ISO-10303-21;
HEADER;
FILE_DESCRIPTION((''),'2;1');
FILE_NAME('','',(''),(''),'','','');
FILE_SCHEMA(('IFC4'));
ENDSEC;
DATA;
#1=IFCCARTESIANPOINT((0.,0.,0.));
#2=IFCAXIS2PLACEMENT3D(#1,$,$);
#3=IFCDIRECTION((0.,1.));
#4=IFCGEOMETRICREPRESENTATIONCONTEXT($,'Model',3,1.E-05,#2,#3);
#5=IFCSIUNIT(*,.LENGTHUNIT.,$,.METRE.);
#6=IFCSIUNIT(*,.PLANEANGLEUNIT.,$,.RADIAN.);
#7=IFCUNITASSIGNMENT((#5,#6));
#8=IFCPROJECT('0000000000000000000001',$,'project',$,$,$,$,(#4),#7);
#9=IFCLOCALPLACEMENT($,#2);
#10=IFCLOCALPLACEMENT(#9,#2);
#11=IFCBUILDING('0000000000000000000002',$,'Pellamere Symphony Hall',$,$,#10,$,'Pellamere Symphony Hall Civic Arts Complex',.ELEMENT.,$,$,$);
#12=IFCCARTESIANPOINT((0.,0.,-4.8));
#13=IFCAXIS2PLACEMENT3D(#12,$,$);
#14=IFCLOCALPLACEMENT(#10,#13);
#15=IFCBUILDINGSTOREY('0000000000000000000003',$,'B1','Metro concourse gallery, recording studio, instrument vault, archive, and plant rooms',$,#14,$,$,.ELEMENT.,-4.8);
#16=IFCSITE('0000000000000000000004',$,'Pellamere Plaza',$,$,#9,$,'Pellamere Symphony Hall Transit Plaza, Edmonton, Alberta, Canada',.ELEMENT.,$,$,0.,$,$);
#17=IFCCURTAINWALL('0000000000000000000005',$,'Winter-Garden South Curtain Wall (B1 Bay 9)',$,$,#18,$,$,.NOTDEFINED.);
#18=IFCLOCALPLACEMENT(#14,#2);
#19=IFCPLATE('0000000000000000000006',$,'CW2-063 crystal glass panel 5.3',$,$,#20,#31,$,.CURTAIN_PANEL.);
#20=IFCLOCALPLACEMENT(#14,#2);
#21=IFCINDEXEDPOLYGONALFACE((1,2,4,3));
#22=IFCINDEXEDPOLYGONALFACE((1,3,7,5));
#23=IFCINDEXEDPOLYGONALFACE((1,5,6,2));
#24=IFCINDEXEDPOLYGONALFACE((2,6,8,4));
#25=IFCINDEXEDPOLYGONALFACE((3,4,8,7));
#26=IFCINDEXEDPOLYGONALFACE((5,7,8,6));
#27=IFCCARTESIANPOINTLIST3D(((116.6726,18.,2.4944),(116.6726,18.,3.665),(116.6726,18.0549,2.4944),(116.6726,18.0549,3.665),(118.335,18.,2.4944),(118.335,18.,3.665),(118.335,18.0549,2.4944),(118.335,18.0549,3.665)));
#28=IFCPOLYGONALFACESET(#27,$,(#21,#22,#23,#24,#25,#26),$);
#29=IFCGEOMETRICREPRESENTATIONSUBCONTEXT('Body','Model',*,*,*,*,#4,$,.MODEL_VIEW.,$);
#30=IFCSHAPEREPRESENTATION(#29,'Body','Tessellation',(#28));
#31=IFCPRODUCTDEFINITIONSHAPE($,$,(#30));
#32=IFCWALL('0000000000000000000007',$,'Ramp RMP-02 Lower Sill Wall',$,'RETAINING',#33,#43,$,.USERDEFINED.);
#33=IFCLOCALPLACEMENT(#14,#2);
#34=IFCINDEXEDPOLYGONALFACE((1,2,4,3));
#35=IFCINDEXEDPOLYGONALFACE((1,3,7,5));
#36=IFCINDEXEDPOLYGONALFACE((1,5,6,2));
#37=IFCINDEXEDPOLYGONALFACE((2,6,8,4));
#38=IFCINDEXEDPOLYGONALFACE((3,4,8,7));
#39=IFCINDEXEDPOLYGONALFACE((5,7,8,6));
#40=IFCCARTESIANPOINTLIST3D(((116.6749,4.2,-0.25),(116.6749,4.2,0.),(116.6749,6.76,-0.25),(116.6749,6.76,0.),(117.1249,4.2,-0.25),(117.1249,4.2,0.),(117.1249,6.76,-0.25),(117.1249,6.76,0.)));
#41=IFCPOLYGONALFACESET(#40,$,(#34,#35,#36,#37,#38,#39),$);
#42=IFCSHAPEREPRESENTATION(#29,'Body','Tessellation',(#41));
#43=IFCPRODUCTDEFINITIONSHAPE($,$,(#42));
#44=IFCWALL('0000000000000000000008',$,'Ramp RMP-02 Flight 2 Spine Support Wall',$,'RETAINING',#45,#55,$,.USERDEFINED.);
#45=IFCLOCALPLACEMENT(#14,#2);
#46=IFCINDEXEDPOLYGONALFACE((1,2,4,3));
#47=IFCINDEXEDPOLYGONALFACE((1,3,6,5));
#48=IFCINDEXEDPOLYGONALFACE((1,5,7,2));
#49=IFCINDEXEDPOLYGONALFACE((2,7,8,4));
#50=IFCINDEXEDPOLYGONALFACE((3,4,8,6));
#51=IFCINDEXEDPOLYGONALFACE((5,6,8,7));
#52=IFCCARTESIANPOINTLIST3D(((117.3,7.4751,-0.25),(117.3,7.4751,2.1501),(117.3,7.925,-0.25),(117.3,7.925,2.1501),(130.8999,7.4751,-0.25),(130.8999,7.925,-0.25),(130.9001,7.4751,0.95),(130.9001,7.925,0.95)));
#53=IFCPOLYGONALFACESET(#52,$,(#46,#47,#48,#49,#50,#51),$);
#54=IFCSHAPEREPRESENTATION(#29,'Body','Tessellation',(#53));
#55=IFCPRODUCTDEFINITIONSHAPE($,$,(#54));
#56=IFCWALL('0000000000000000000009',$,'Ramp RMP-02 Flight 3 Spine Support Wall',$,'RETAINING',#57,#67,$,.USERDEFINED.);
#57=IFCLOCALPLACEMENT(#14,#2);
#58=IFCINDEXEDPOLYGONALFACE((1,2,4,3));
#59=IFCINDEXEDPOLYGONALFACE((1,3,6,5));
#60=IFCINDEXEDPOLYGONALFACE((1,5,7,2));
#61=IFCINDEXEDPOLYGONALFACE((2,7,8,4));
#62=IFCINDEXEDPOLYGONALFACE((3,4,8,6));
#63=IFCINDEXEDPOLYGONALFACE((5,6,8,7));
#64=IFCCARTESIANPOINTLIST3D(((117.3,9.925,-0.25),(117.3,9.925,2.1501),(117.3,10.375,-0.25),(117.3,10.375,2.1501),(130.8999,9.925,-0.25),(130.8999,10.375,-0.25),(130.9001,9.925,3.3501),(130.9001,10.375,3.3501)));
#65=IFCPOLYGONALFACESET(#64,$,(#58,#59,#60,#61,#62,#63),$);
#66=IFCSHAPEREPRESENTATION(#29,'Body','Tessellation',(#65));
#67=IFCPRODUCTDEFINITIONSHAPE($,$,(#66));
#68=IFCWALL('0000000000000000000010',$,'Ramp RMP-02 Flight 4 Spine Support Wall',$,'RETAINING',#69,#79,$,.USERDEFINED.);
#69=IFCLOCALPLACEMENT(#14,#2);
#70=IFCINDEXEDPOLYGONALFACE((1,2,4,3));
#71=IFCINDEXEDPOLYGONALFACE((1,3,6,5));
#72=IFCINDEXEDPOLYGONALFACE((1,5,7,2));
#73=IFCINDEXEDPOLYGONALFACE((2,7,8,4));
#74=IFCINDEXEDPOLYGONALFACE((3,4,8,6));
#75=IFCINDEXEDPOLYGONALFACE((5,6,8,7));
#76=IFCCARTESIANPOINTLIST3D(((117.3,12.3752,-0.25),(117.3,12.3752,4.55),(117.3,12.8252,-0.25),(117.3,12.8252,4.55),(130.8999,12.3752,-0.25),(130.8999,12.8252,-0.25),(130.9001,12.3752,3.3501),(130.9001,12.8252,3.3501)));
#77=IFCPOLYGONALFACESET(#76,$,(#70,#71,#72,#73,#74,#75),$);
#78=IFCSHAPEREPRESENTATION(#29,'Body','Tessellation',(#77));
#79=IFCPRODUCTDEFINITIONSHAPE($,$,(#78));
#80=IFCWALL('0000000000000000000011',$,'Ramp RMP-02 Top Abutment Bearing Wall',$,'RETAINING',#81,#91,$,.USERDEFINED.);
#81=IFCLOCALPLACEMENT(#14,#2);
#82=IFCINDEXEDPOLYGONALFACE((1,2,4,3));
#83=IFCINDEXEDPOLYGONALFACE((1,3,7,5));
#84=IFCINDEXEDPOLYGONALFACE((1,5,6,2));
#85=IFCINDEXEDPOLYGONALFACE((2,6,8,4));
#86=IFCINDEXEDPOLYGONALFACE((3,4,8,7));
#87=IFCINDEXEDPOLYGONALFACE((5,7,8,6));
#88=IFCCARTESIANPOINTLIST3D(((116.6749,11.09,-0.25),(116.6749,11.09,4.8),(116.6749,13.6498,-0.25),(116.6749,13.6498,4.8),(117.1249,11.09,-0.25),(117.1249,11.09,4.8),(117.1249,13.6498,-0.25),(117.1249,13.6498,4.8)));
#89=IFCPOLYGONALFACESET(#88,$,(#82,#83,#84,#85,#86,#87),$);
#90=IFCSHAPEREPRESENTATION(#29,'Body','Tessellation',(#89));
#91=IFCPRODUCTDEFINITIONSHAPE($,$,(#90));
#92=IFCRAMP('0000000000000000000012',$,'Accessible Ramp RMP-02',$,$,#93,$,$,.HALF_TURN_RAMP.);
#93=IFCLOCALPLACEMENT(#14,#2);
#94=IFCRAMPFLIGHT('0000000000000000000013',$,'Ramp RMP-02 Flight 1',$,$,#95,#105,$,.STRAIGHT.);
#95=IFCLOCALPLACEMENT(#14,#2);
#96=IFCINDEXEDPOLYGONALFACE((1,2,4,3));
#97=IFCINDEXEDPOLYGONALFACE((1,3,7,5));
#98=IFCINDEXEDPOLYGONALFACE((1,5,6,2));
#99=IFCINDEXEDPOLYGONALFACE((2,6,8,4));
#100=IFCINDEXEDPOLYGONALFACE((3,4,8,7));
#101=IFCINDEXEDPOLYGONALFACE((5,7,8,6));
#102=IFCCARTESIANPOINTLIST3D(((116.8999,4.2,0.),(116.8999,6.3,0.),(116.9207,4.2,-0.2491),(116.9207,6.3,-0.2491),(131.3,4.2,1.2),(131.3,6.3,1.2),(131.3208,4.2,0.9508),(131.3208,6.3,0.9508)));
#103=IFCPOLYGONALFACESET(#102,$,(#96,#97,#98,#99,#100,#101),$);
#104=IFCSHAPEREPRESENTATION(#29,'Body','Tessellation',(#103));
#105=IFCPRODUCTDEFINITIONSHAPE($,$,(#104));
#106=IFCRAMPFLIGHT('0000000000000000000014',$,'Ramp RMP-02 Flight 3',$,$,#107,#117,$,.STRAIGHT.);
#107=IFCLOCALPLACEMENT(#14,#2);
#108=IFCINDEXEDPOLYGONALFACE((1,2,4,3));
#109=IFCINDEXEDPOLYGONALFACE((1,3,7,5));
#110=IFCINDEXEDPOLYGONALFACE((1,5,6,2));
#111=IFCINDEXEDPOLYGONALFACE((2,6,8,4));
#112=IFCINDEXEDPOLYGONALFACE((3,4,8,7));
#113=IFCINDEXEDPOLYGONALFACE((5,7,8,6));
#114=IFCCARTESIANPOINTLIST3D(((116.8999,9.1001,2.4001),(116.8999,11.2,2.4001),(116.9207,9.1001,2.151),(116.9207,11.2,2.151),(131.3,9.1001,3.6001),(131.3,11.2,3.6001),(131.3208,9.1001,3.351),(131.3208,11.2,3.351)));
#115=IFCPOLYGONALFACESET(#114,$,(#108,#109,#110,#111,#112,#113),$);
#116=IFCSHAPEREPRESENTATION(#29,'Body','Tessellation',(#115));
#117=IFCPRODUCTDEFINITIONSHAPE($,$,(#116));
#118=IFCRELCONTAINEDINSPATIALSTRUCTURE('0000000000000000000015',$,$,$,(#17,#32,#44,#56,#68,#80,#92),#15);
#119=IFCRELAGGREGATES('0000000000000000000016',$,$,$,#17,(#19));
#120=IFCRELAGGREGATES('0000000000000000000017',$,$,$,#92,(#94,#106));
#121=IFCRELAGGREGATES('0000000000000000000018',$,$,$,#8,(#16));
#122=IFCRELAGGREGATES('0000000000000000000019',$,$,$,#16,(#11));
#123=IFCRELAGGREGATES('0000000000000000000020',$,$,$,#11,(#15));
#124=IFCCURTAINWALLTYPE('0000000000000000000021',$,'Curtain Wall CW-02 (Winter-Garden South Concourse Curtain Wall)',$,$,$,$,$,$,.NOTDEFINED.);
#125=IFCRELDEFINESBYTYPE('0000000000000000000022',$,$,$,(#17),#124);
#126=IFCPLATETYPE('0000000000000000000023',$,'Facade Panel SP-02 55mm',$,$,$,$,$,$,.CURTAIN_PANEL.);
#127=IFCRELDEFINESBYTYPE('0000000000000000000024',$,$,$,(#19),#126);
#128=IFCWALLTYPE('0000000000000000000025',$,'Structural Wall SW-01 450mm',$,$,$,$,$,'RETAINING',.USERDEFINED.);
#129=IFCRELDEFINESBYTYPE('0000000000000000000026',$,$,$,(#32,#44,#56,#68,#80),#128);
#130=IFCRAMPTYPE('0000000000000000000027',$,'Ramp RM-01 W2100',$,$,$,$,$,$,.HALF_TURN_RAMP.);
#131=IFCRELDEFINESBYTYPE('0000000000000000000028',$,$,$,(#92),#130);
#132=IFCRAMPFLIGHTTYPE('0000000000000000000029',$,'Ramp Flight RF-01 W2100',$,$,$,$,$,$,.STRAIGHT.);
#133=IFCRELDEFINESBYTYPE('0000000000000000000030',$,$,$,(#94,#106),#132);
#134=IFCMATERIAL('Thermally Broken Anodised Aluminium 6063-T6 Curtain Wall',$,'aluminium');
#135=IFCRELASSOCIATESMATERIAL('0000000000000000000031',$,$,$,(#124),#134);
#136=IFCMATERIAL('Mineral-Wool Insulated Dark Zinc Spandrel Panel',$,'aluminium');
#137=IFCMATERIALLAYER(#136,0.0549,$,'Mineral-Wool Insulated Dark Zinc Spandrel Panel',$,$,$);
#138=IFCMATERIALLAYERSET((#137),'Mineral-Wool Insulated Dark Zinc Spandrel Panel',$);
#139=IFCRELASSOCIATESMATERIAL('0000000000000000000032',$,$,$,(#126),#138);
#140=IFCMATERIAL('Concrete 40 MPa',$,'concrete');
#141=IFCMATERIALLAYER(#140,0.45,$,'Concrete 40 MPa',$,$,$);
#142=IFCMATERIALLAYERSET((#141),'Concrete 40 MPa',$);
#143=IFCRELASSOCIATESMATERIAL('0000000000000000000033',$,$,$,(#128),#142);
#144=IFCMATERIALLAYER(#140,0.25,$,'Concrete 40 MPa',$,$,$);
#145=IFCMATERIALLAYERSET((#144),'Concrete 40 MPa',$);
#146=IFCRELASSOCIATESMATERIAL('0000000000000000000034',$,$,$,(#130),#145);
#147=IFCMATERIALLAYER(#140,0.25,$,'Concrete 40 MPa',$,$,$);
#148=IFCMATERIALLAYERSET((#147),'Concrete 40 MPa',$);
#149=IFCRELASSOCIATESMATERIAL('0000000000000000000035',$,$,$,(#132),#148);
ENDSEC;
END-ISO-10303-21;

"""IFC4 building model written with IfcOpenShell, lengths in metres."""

from ifc_helpers import new_model, si_unit, direction, frame, frame_2d, origin, place, context, subcontext, project, spatial, polyline, rectangle, outline, extrude, material, layer, layer_set, type_object, element, aggregate, save


model = new_model("IFC4")

# Units and contexts
model_context = context("Model", 3, precision=1e-05, world=origin(), true_north=direction((0.0, 1.0)))
body_context = subcontext(model_context, "Body", "Model", "MODEL_VIEW")
ifc_project = project(units=[si_unit("LENGTHUNIT", "METRE"), si_unit("PLANEANGLEUNIT", "RADIAN")], contexts=[model_context])

# Site, building, storey
site_placement = place(None, origin())
site = spatial("IfcSite", under=ifc_project, at=site_placement, Name="Pellamere Plaza", LongName="Pellamere Symphony Hall Transit Plaza, Edmonton, Alberta, Canada", CompositionType="ELEMENT", RefElevation=0.0)
building_placement = place(site_placement, origin())
building = spatial("IfcBuilding", under=site, at=building_placement, Name="Pellamere Symphony Hall", LongName="Pellamere Symphony Hall Civic Arts Complex", CompositionType="ELEMENT")
storey_placement = place(building_placement, frame((0.0, 0.0, -4.8)))
storey = spatial("IfcBuildingStorey", under=building, at=storey_placement, Name="B1", Description="Metro concourse gallery, recording studio, instrument vault, archive, and plant rooms", CompositionType="ELEMENT", Elevation=-4.8)

# Shared definitions
ifc_material_1 = material(Name="Concrete 40 MPa", Category="concrete")

# Curtain wall, plate
ifc_material_2 = material(Name="Thermally Broken Anodised Aluminium 6063-T6 Curtain Wall", Category="aluminium")
curtain_wall_type = type_object("IfcCurtainWallType", Name="Curtain Wall CW-02 (Winter-Garden South Concourse Curtain Wall)", PredefinedType="NOTDEFINED", material=ifc_material_2)
curtain_wall_placement = place(storey_placement, origin())
curtain_wall = element("IfcCurtainWall", 1, at=curtain_wall_placement, inside=storey, type_object=curtain_wall_type, Name="Winter-Garden South Curtain Wall (B1 Bay 9)", PredefinedType="NOTDEFINED")
ifc_material_3 = material(Name="Mineral-Wool Insulated Dark Zinc Spandrel Panel", Category="aluminium")
ifc_layer_1 = layer(ifc_material_3, 0.0549, Name="Mineral-Wool Insulated Dark Zinc Spandrel Panel")
ifc_layer_set_1 = layer_set([ifc_layer_1], Name="Mineral-Wool Insulated Dark Zinc Spandrel Panel")
plate_type = type_object("IfcPlateType", Name="Facade Panel SP-02 55mm", PredefinedType="CURTAIN_PANEL", material=ifc_layer_set_1)
plate_1_placement = place(storey_placement, frame((116.6726, 18.0, 2.4944), z_axis=(0.0, -1.0, 0.0), x_axis=(1.0, 0.0, 0.0)))
plate_1 = element("IfcPlate", 2, at=plate_1_placement, type_object=plate_type, Name="CW2-063 crystal glass panel 5.3", PredefinedType="CURTAIN_PANEL", context=body_context, shape_type="SweptSolid", body=[
    extrude(outline(polyline([(0.0, 0.0), (1.6624, 0.0), (1.6624, 1.1707), (0.0, 1.1707), (0.0, 0.0)])), origin(), (0.0, 0.0, -1.0), 0.0549),
])
aggregate(curtain_wall, [plate_1])

# Walls
ifc_layer_2 = layer(ifc_material_1, 0.45, Name="Concrete 40 MPa")
ifc_layer_set_2 = layer_set([ifc_layer_2], Name="Concrete 40 MPa")
wall_type = type_object("IfcWallType", Name="Structural Wall SW-01 450mm", ElementType="RETAINING", PredefinedType="USERDEFINED", material=ifc_layer_set_2)
wall_1_placement = place(storey_placement, frame((116.8999, 4.2, -0.25), z_axis=(0.0, 0.0, 1.0), x_axis=(0.0, 1.0, 0.0)))
element("IfcWall", 3, at=wall_1_placement, inside=storey, type_object=wall_type, Name="Ramp RMP-02 Lower Sill Wall", ObjectType="RETAINING", PredefinedType="USERDEFINED", context=body_context, shape_type="SweptSolid", body=[
    extrude(rectangle(XDim=2.5601, YDim=0.45, at=frame_2d((1.28, 0.0))), origin(), (0.0, 0.0, 1.0), 0.25),
])
wall_2_placement = place(storey_placement, frame((117.3, 7.7, -0.25), z_axis=(0.0, 0.0, 1.0), x_axis=(1.0, 0.0, 0.0)))
element("IfcWall", 4, at=wall_2_placement, inside=storey, type_object=wall_type, Name="Ramp RMP-02 Flight 2 Spine Support Wall", ObjectType="RETAINING", PredefinedType="USERDEFINED", context=body_context, shape_type="SweptSolid", body=[
    extrude(outline(polyline([(0.0, 0.0), (13.5999, 0.0), (13.6001, 1.2), (0.0, 2.4001), (0.0, 0.0)])), frame((0.0, 0.2251, 0.0), z_axis=(0.0, -1.0, 0.0), x_axis=(1.0, 0.0, 0.0)), (0.0, 0.0, 1.0), 0.45),
])
wall_3_placement = place(storey_placement, frame((117.3, 10.1499, -0.25), z_axis=(0.0, 0.0, 1.0), x_axis=(1.0, 0.0, 0.0)))
element("IfcWall", 5, at=wall_3_placement, inside=storey, type_object=wall_type, Name="Ramp RMP-02 Flight 3 Spine Support Wall", ObjectType="RETAINING", PredefinedType="USERDEFINED", context=body_context, shape_type="SweptSolid", body=[
    extrude(outline(polyline([(0.0, 0.0), (13.5999, 0.0), (13.6001, 3.6001), (0.0, 2.4001), (0.0, 0.0)])), frame((0.0, 0.2251, 0.0), z_axis=(0.0, -1.0, 0.0), x_axis=(1.0, 0.0, 0.0)), (0.0, 0.0, 1.0), 0.45),
])
wall_4_placement = place(storey_placement, frame((117.3, 12.6001, -0.25), z_axis=(0.0, 0.0, 1.0), x_axis=(1.0, 0.0, 0.0)))
element("IfcWall", 6, at=wall_4_placement, inside=storey, type_object=wall_type, Name="Ramp RMP-02 Flight 4 Spine Support Wall", ObjectType="RETAINING", PredefinedType="USERDEFINED", context=body_context, shape_type="SweptSolid", body=[
    extrude(outline(polyline([(0.0, 0.0), (13.5999, 0.0), (13.6001, 3.6001), (0.0, 4.8), (0.0, 0.0)])), frame((0.0, 0.2251, 0.0), z_axis=(0.0, -1.0, 0.0), x_axis=(1.0, 0.0, 0.0)), (0.0, 0.0, 1.0), 0.45),
])
wall_5_placement = place(storey_placement, frame((116.8999, 11.0901, -0.25), z_axis=(0.0, 0.0, 1.0), x_axis=(0.0, 1.0, 0.0)))
element("IfcWall", 7, at=wall_5_placement, inside=storey, type_object=wall_type, Name="Ramp RMP-02 Top Abutment Bearing Wall", ObjectType="RETAINING", PredefinedType="USERDEFINED", context=body_context, shape_type="SweptSolid", body=[
    extrude(rectangle(XDim=2.5598, YDim=0.45, at=frame_2d((1.2798, 0.0))), origin(), (0.0, 0.0, 1.0), 5.05),
])

# Ramp, ramp flights
ifc_layer_3 = layer(ifc_material_1, 0.25, Name="Concrete 40 MPa")
ifc_layer_set_3 = layer_set([ifc_layer_3], Name="Concrete 40 MPa")
ramp_type = type_object("IfcRampType", Name="Ramp RM-01 W2100", PredefinedType="HALF_TURN_RAMP", material=ifc_layer_set_3)
ramp_placement = place(storey_placement, origin())
ramp = element("IfcRamp", 8, at=ramp_placement, inside=storey, type_object=ramp_type, Name="Accessible Ramp RMP-02", PredefinedType="HALF_TURN_RAMP")
ifc_layer_4 = layer(ifc_material_1, 0.25, Name="Concrete 40 MPa")
ifc_layer_set_4 = layer_set([ifc_layer_4], Name="Concrete 40 MPa")
ramp_flight_type = type_object("IfcRampFlightType", Name="Ramp Flight RF-01 W2100", PredefinedType="STRAIGHT", material=ifc_layer_set_4)
ramp_flight_1_placement = place(storey_placement, frame((116.8999, 4.2, 0.0), z_axis=(-0.083041, 0.0, 0.996546), x_axis=(0.996546, 0.0, 0.083041)))
ramp_flight_1 = element("IfcRampFlight", 9, at=ramp_flight_1_placement, type_object=ramp_flight_type, Name="Ramp RMP-02 Flight 1", PredefinedType="STRAIGHT", context=body_context, shape_type="SweptSolid", body=[
    extrude(outline(polyline([(0.0, 0.0), (14.4501, 0.0), (14.4501, 2.1001), (0.0, 2.1001), (0.0, 0.0)])), origin(), (0.0, 0.0, -1.0), 0.25),
])
ramp_flight_2_placement = place(storey_placement, frame((116.8999, 9.1001, 2.4001), z_axis=(-0.083041, 0.0, 0.996546), x_axis=(0.996546, 0.0, 0.083041)))
ramp_flight_2 = element("IfcRampFlight", 10, at=ramp_flight_2_placement, type_object=ramp_flight_type, Name="Ramp RMP-02 Flight 3", PredefinedType="STRAIGHT", context=body_context, shape_type="SweptSolid", body=[
    extrude(outline(polyline([(0.0, 0.0), (14.4501, 0.0), (14.4501, 2.0999), (0.0, 2.0999), (0.0, 0.0)])), origin(), (0.0, 0.0, -1.0), 0.25),
])
aggregate(ramp, [ramp_flight_1, ramp_flight_2])

save(model, "model.ifc")
